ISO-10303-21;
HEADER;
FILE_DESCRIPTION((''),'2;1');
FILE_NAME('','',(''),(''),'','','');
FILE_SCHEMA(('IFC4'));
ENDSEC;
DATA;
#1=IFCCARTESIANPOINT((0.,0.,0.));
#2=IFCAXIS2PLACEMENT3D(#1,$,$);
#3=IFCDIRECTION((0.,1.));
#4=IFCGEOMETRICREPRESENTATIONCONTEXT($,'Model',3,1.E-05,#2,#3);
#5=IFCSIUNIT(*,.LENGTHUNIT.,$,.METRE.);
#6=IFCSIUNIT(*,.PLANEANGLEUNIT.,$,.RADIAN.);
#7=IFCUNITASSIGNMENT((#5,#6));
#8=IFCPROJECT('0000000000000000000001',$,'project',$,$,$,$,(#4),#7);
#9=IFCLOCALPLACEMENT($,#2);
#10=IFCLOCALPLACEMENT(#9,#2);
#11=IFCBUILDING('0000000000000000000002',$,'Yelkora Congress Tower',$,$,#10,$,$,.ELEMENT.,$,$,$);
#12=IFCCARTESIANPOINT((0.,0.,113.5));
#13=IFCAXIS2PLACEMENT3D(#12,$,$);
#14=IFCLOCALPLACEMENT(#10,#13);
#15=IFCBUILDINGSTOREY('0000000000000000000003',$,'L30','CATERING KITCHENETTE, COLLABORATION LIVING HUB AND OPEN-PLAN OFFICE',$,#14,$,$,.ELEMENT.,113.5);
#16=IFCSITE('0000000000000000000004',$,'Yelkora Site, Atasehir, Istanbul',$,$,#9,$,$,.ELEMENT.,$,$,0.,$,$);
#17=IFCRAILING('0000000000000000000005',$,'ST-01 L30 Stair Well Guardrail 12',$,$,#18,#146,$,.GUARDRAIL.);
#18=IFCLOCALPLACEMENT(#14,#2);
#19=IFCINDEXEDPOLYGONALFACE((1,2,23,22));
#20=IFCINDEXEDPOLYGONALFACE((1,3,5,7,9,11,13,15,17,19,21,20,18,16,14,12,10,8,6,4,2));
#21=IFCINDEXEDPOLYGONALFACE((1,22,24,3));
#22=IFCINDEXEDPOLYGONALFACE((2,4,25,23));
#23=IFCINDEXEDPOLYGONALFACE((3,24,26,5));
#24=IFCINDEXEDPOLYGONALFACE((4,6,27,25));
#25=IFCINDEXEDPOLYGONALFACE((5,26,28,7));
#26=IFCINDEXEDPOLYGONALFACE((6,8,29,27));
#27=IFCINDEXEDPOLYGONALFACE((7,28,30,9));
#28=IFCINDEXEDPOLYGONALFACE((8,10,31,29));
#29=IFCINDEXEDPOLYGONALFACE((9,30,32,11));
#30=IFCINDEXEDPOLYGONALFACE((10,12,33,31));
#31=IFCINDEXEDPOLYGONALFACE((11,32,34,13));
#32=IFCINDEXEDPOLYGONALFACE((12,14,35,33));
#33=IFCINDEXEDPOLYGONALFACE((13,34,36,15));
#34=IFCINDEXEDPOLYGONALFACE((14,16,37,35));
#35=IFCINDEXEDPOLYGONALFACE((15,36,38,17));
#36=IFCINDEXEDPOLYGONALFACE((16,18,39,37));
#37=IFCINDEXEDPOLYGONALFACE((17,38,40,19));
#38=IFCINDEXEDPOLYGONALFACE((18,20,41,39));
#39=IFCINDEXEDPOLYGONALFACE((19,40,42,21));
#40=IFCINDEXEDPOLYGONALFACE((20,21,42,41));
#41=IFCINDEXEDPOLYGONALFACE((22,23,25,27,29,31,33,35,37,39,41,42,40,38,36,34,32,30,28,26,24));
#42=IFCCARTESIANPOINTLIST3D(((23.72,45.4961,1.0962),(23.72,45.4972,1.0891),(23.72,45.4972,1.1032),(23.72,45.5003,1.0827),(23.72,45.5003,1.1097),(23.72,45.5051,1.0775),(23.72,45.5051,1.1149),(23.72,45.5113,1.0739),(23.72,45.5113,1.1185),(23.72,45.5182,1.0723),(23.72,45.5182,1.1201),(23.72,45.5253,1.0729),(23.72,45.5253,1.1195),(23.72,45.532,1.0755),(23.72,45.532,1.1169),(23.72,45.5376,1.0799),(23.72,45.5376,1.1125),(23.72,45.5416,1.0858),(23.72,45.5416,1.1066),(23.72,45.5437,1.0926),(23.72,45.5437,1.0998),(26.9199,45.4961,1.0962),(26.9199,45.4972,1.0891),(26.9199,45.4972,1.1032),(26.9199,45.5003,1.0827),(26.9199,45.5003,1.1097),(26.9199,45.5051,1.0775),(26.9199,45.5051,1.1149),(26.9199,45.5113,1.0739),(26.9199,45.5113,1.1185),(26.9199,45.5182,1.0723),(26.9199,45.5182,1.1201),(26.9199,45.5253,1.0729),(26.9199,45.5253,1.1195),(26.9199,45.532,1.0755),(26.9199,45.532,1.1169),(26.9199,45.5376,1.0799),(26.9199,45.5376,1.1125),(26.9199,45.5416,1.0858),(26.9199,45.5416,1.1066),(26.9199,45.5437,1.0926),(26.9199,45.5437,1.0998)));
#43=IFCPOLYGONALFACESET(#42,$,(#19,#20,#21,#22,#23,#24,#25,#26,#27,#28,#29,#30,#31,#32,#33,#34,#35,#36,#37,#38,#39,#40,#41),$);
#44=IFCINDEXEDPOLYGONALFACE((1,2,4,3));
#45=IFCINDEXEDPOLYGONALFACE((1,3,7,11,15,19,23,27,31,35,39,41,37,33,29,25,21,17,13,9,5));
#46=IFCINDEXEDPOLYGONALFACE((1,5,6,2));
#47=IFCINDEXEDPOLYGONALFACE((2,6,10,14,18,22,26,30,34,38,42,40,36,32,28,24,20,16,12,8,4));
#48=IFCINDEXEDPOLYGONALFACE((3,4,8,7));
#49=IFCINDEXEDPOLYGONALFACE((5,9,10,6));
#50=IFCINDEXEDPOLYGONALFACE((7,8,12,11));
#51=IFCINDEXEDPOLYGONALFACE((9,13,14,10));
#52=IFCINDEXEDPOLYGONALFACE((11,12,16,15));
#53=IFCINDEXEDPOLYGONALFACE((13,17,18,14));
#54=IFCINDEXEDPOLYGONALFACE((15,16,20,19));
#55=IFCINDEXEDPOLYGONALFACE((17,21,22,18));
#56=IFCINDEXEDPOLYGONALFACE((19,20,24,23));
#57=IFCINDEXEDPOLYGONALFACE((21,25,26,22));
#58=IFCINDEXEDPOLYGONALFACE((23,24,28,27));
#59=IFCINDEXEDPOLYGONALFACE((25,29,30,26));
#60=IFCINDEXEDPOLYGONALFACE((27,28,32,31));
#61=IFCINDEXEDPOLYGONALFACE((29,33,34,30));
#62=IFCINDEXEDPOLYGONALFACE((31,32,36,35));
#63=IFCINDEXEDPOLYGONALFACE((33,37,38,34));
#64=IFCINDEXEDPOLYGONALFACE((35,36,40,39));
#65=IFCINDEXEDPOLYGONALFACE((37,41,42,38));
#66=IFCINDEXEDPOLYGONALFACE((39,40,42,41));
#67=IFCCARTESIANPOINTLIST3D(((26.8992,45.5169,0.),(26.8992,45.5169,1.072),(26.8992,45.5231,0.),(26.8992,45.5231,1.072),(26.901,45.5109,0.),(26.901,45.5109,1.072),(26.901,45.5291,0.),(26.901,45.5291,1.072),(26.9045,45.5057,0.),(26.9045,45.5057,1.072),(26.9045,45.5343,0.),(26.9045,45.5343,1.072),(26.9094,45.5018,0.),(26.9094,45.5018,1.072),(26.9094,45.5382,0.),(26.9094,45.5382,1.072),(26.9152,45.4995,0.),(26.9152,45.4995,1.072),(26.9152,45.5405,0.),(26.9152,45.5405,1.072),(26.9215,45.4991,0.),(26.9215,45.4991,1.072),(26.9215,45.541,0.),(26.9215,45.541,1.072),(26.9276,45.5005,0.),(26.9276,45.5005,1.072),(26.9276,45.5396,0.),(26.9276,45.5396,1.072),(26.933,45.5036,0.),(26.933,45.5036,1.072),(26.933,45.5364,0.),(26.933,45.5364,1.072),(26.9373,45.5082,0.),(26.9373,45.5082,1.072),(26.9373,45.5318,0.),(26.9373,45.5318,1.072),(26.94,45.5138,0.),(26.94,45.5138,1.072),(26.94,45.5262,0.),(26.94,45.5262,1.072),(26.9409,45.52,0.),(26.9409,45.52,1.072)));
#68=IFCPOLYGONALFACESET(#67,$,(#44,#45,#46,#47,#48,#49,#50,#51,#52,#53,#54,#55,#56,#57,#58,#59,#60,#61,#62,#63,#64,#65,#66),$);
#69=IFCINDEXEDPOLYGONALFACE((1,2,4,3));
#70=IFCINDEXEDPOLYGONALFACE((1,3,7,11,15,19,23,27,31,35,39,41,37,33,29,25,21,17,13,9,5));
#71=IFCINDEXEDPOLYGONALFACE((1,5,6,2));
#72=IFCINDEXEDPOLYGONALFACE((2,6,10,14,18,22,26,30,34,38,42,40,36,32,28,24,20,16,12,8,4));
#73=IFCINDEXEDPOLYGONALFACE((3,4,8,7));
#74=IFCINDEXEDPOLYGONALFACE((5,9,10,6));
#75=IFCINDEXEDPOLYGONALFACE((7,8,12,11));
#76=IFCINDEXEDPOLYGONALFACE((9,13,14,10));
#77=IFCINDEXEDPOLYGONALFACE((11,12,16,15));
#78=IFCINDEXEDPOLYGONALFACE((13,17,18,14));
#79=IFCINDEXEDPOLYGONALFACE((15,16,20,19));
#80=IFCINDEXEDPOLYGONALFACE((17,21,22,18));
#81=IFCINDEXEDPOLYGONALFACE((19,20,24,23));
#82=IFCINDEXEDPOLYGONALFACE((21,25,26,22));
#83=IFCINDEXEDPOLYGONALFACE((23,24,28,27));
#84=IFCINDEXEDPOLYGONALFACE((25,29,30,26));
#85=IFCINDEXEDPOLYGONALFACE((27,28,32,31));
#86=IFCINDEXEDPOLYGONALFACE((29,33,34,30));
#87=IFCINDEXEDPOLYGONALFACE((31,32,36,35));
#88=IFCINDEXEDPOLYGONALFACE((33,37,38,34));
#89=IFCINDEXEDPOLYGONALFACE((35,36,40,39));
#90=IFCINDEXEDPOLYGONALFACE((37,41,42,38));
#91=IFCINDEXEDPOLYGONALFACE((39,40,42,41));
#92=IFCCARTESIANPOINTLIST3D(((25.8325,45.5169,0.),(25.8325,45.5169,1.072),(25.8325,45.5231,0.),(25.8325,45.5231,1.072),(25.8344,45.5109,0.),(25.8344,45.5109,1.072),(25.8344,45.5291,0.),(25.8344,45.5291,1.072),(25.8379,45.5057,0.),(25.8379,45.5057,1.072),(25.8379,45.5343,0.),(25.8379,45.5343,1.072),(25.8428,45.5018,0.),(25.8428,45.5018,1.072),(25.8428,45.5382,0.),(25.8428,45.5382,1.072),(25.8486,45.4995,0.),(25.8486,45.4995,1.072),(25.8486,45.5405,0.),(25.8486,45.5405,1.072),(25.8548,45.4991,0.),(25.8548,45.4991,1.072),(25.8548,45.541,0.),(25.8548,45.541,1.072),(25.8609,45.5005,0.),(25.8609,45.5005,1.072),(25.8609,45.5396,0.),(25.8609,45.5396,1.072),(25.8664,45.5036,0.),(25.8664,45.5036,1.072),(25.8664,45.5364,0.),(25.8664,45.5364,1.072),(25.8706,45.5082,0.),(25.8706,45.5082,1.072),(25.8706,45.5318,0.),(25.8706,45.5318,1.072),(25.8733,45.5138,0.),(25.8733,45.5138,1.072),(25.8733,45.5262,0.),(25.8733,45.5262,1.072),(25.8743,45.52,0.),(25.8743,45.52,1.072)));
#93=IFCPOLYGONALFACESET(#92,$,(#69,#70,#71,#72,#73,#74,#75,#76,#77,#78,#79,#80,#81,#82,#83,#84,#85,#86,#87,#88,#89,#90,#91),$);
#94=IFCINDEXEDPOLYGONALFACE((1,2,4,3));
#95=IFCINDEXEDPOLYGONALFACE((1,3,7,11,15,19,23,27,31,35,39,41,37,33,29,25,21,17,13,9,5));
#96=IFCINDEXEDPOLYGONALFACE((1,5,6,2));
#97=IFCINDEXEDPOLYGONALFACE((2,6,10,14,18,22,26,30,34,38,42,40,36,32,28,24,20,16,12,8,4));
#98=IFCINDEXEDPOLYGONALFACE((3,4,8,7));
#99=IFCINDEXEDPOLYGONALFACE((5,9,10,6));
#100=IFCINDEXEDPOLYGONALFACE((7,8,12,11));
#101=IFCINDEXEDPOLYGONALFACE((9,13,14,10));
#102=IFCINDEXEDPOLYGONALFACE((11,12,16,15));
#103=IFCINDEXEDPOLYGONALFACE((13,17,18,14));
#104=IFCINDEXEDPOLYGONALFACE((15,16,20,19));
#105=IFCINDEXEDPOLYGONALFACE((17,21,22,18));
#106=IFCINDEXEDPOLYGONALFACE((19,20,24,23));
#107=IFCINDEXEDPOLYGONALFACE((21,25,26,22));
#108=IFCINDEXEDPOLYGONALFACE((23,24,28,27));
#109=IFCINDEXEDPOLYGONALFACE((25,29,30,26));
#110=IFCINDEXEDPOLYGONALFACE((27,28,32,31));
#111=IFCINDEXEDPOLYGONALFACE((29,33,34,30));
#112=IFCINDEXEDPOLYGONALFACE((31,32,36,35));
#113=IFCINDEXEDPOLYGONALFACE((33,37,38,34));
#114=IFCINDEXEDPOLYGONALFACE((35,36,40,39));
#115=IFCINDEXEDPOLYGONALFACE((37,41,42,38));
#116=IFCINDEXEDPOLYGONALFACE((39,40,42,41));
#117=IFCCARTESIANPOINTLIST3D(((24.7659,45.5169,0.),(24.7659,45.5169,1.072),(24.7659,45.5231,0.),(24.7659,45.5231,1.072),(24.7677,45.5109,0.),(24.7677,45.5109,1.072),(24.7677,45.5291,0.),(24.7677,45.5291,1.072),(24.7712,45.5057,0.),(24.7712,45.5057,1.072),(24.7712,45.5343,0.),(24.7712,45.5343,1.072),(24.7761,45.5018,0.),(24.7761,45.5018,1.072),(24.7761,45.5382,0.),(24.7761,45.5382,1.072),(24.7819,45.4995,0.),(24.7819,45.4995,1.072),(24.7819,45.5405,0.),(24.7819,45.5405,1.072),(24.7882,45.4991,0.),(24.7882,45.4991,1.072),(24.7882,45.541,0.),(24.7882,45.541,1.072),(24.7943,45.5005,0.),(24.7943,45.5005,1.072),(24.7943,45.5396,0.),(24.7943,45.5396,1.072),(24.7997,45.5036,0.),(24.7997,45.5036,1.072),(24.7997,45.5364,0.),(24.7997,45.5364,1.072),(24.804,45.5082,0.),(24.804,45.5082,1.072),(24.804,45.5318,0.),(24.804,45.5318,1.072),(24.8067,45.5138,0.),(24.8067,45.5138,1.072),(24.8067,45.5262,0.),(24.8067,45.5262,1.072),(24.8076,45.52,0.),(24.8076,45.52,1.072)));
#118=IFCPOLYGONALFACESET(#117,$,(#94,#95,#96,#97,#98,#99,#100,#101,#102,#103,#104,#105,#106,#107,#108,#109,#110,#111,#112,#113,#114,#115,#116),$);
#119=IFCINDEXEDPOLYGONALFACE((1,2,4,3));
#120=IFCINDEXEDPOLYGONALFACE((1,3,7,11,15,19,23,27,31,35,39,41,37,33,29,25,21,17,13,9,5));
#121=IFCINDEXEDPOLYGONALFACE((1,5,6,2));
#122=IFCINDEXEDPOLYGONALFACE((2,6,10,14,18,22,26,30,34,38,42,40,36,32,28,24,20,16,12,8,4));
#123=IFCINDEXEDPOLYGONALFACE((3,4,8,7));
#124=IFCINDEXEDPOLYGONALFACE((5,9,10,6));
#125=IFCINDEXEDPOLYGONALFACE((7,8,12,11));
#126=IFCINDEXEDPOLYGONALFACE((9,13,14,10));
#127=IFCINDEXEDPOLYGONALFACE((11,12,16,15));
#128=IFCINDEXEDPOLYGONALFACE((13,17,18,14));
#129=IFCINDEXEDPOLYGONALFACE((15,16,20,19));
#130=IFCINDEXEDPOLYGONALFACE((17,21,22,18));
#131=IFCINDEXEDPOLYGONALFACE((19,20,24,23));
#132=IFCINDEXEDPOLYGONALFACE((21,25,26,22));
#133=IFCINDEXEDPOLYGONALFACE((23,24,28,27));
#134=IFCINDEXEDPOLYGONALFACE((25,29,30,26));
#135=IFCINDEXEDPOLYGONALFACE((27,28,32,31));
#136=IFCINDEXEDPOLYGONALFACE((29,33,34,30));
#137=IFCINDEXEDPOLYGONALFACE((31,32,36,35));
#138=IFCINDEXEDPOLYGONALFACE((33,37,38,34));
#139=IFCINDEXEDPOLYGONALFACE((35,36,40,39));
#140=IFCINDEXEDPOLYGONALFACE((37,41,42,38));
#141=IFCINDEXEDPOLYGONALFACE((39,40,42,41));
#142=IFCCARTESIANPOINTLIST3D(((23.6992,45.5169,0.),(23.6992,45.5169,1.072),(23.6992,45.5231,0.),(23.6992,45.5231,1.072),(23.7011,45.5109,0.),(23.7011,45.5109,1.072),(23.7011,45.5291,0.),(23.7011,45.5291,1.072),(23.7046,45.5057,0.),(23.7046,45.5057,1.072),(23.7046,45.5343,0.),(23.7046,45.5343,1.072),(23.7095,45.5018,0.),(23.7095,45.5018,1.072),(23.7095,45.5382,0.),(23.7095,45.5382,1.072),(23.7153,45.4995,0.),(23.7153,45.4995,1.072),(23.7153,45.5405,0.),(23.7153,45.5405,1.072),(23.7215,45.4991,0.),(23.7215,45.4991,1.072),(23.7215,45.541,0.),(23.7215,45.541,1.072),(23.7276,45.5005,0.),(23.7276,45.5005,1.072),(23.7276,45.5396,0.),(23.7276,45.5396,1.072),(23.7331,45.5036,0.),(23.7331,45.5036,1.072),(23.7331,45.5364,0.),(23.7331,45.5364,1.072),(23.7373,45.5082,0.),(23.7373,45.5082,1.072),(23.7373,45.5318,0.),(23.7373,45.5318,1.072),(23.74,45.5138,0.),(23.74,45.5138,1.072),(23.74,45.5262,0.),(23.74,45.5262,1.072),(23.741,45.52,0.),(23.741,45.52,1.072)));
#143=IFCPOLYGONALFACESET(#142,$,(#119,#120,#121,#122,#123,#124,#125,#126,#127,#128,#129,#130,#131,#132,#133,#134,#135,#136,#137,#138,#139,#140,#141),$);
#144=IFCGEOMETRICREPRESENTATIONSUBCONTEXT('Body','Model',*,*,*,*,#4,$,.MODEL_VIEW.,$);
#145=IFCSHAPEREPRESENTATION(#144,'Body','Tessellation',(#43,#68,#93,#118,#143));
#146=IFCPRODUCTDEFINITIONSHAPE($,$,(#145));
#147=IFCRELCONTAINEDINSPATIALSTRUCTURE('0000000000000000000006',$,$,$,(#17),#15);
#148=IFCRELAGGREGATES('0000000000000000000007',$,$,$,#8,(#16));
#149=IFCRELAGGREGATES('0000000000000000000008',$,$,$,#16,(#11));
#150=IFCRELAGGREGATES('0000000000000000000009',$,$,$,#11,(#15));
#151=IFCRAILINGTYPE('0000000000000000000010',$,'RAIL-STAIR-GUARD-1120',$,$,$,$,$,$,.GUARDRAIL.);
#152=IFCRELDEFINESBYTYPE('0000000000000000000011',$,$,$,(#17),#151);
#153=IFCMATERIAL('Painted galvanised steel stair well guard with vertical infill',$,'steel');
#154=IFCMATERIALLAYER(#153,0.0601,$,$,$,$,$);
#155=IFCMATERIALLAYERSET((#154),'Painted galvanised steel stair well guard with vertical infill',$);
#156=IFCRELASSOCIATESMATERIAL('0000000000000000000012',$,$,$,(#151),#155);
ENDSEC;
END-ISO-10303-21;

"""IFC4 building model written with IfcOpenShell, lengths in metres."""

from ifc_helpers import new_model, si_unit, direction, frame, origin, origin_2d, place, context, subcontext, project, spatial, circle, extrude, material, layer, layer_set, type_object, element, save


model = new_model("IFC4")

# Units and contexts
model_context = context("Model", 3, precision=1e-05, world=origin(), true_north=direction((0.0, 1.0)))
body_context = subcontext(model_context, "Body", "Model", "MODEL_VIEW")
ifc_project = project(units=[si_unit("LENGTHUNIT", "METRE"), si_unit("PLANEANGLEUNIT", "RADIAN")], contexts=[model_context])

# Site, building, storey
site_placement = place(None, origin())
site = spatial("IfcSite", under=ifc_project, at=site_placement, Name="Yelkora Site, Atasehir, Istanbul", CompositionType="ELEMENT", RefElevation=0.0)
building_placement = place(site_placement, origin())
building = spatial("IfcBuilding", under=site, at=building_placement, Name="Yelkora Congress Tower", CompositionType="ELEMENT")
storey_placement = place(building_placement, frame((0.0, 0.0, 113.5)))
storey = spatial("IfcBuildingStorey", under=building, at=storey_placement, Name="L30", Description="CATERING KITCHENETTE, COLLABORATION LIVING HUB AND OPEN-PLAN OFFICE", CompositionType="ELEMENT", Elevation=113.5)

# Railing
ifc_material_1 = material(Name="Painted galvanised steel stair well guard with vertical infill", Category="steel")
ifc_layer_1 = layer(ifc_material_1, 0.0601)
ifc_layer_set_1 = layer_set([ifc_layer_1], Name="Painted galvanised steel stair well guard with vertical infill")
railing_type_1 = type_object("IfcRailingType", Name="RAIL-STAIR-GUARD-1120", PredefinedType="GUARDRAIL", material=ifc_layer_set_1)
railing_1_placement = place(storey_placement, frame((26.9199, 45.52, 0.0)))
element("IfcRailing", 1, at=railing_1_placement, inside=storey, type_object=railing_type_1, Name="ST-01 L30 Stair Well Guardrail 12", PredefinedType="GUARDRAIL", context=body_context, shape_type="SweptSolid", body=[
    extrude(circle(Radius=0.0239, at=origin_2d()), frame((0.0, 0.0, 1.0962), z_axis=(-1.0, 0.0, 0.0), x_axis=(0.0, -1.0, 0.0)), (0.0, 0.0, 1.0), 3.2),
    extrude(circle(Radius=0.021, at=origin_2d()), origin(), (0.0, 0.0, 1.0), 1.072),
    extrude(circle(Radius=0.021, at=origin_2d()), frame((-1.0667, 0.0, 0.0)), (0.0, 0.0, 1.0), 1.072),
    extrude(circle(Radius=0.021, at=origin_2d()), frame((-2.1333, 0.0, 0.0)), (0.0, 0.0, 1.0), 1.072),
    extrude(circle(Radius=0.021, at=origin_2d()), frame((-3.2, 0.0, 0.0)), (0.0, 0.0, 1.0), 1.072),
])

save(model, "model.ifc")
